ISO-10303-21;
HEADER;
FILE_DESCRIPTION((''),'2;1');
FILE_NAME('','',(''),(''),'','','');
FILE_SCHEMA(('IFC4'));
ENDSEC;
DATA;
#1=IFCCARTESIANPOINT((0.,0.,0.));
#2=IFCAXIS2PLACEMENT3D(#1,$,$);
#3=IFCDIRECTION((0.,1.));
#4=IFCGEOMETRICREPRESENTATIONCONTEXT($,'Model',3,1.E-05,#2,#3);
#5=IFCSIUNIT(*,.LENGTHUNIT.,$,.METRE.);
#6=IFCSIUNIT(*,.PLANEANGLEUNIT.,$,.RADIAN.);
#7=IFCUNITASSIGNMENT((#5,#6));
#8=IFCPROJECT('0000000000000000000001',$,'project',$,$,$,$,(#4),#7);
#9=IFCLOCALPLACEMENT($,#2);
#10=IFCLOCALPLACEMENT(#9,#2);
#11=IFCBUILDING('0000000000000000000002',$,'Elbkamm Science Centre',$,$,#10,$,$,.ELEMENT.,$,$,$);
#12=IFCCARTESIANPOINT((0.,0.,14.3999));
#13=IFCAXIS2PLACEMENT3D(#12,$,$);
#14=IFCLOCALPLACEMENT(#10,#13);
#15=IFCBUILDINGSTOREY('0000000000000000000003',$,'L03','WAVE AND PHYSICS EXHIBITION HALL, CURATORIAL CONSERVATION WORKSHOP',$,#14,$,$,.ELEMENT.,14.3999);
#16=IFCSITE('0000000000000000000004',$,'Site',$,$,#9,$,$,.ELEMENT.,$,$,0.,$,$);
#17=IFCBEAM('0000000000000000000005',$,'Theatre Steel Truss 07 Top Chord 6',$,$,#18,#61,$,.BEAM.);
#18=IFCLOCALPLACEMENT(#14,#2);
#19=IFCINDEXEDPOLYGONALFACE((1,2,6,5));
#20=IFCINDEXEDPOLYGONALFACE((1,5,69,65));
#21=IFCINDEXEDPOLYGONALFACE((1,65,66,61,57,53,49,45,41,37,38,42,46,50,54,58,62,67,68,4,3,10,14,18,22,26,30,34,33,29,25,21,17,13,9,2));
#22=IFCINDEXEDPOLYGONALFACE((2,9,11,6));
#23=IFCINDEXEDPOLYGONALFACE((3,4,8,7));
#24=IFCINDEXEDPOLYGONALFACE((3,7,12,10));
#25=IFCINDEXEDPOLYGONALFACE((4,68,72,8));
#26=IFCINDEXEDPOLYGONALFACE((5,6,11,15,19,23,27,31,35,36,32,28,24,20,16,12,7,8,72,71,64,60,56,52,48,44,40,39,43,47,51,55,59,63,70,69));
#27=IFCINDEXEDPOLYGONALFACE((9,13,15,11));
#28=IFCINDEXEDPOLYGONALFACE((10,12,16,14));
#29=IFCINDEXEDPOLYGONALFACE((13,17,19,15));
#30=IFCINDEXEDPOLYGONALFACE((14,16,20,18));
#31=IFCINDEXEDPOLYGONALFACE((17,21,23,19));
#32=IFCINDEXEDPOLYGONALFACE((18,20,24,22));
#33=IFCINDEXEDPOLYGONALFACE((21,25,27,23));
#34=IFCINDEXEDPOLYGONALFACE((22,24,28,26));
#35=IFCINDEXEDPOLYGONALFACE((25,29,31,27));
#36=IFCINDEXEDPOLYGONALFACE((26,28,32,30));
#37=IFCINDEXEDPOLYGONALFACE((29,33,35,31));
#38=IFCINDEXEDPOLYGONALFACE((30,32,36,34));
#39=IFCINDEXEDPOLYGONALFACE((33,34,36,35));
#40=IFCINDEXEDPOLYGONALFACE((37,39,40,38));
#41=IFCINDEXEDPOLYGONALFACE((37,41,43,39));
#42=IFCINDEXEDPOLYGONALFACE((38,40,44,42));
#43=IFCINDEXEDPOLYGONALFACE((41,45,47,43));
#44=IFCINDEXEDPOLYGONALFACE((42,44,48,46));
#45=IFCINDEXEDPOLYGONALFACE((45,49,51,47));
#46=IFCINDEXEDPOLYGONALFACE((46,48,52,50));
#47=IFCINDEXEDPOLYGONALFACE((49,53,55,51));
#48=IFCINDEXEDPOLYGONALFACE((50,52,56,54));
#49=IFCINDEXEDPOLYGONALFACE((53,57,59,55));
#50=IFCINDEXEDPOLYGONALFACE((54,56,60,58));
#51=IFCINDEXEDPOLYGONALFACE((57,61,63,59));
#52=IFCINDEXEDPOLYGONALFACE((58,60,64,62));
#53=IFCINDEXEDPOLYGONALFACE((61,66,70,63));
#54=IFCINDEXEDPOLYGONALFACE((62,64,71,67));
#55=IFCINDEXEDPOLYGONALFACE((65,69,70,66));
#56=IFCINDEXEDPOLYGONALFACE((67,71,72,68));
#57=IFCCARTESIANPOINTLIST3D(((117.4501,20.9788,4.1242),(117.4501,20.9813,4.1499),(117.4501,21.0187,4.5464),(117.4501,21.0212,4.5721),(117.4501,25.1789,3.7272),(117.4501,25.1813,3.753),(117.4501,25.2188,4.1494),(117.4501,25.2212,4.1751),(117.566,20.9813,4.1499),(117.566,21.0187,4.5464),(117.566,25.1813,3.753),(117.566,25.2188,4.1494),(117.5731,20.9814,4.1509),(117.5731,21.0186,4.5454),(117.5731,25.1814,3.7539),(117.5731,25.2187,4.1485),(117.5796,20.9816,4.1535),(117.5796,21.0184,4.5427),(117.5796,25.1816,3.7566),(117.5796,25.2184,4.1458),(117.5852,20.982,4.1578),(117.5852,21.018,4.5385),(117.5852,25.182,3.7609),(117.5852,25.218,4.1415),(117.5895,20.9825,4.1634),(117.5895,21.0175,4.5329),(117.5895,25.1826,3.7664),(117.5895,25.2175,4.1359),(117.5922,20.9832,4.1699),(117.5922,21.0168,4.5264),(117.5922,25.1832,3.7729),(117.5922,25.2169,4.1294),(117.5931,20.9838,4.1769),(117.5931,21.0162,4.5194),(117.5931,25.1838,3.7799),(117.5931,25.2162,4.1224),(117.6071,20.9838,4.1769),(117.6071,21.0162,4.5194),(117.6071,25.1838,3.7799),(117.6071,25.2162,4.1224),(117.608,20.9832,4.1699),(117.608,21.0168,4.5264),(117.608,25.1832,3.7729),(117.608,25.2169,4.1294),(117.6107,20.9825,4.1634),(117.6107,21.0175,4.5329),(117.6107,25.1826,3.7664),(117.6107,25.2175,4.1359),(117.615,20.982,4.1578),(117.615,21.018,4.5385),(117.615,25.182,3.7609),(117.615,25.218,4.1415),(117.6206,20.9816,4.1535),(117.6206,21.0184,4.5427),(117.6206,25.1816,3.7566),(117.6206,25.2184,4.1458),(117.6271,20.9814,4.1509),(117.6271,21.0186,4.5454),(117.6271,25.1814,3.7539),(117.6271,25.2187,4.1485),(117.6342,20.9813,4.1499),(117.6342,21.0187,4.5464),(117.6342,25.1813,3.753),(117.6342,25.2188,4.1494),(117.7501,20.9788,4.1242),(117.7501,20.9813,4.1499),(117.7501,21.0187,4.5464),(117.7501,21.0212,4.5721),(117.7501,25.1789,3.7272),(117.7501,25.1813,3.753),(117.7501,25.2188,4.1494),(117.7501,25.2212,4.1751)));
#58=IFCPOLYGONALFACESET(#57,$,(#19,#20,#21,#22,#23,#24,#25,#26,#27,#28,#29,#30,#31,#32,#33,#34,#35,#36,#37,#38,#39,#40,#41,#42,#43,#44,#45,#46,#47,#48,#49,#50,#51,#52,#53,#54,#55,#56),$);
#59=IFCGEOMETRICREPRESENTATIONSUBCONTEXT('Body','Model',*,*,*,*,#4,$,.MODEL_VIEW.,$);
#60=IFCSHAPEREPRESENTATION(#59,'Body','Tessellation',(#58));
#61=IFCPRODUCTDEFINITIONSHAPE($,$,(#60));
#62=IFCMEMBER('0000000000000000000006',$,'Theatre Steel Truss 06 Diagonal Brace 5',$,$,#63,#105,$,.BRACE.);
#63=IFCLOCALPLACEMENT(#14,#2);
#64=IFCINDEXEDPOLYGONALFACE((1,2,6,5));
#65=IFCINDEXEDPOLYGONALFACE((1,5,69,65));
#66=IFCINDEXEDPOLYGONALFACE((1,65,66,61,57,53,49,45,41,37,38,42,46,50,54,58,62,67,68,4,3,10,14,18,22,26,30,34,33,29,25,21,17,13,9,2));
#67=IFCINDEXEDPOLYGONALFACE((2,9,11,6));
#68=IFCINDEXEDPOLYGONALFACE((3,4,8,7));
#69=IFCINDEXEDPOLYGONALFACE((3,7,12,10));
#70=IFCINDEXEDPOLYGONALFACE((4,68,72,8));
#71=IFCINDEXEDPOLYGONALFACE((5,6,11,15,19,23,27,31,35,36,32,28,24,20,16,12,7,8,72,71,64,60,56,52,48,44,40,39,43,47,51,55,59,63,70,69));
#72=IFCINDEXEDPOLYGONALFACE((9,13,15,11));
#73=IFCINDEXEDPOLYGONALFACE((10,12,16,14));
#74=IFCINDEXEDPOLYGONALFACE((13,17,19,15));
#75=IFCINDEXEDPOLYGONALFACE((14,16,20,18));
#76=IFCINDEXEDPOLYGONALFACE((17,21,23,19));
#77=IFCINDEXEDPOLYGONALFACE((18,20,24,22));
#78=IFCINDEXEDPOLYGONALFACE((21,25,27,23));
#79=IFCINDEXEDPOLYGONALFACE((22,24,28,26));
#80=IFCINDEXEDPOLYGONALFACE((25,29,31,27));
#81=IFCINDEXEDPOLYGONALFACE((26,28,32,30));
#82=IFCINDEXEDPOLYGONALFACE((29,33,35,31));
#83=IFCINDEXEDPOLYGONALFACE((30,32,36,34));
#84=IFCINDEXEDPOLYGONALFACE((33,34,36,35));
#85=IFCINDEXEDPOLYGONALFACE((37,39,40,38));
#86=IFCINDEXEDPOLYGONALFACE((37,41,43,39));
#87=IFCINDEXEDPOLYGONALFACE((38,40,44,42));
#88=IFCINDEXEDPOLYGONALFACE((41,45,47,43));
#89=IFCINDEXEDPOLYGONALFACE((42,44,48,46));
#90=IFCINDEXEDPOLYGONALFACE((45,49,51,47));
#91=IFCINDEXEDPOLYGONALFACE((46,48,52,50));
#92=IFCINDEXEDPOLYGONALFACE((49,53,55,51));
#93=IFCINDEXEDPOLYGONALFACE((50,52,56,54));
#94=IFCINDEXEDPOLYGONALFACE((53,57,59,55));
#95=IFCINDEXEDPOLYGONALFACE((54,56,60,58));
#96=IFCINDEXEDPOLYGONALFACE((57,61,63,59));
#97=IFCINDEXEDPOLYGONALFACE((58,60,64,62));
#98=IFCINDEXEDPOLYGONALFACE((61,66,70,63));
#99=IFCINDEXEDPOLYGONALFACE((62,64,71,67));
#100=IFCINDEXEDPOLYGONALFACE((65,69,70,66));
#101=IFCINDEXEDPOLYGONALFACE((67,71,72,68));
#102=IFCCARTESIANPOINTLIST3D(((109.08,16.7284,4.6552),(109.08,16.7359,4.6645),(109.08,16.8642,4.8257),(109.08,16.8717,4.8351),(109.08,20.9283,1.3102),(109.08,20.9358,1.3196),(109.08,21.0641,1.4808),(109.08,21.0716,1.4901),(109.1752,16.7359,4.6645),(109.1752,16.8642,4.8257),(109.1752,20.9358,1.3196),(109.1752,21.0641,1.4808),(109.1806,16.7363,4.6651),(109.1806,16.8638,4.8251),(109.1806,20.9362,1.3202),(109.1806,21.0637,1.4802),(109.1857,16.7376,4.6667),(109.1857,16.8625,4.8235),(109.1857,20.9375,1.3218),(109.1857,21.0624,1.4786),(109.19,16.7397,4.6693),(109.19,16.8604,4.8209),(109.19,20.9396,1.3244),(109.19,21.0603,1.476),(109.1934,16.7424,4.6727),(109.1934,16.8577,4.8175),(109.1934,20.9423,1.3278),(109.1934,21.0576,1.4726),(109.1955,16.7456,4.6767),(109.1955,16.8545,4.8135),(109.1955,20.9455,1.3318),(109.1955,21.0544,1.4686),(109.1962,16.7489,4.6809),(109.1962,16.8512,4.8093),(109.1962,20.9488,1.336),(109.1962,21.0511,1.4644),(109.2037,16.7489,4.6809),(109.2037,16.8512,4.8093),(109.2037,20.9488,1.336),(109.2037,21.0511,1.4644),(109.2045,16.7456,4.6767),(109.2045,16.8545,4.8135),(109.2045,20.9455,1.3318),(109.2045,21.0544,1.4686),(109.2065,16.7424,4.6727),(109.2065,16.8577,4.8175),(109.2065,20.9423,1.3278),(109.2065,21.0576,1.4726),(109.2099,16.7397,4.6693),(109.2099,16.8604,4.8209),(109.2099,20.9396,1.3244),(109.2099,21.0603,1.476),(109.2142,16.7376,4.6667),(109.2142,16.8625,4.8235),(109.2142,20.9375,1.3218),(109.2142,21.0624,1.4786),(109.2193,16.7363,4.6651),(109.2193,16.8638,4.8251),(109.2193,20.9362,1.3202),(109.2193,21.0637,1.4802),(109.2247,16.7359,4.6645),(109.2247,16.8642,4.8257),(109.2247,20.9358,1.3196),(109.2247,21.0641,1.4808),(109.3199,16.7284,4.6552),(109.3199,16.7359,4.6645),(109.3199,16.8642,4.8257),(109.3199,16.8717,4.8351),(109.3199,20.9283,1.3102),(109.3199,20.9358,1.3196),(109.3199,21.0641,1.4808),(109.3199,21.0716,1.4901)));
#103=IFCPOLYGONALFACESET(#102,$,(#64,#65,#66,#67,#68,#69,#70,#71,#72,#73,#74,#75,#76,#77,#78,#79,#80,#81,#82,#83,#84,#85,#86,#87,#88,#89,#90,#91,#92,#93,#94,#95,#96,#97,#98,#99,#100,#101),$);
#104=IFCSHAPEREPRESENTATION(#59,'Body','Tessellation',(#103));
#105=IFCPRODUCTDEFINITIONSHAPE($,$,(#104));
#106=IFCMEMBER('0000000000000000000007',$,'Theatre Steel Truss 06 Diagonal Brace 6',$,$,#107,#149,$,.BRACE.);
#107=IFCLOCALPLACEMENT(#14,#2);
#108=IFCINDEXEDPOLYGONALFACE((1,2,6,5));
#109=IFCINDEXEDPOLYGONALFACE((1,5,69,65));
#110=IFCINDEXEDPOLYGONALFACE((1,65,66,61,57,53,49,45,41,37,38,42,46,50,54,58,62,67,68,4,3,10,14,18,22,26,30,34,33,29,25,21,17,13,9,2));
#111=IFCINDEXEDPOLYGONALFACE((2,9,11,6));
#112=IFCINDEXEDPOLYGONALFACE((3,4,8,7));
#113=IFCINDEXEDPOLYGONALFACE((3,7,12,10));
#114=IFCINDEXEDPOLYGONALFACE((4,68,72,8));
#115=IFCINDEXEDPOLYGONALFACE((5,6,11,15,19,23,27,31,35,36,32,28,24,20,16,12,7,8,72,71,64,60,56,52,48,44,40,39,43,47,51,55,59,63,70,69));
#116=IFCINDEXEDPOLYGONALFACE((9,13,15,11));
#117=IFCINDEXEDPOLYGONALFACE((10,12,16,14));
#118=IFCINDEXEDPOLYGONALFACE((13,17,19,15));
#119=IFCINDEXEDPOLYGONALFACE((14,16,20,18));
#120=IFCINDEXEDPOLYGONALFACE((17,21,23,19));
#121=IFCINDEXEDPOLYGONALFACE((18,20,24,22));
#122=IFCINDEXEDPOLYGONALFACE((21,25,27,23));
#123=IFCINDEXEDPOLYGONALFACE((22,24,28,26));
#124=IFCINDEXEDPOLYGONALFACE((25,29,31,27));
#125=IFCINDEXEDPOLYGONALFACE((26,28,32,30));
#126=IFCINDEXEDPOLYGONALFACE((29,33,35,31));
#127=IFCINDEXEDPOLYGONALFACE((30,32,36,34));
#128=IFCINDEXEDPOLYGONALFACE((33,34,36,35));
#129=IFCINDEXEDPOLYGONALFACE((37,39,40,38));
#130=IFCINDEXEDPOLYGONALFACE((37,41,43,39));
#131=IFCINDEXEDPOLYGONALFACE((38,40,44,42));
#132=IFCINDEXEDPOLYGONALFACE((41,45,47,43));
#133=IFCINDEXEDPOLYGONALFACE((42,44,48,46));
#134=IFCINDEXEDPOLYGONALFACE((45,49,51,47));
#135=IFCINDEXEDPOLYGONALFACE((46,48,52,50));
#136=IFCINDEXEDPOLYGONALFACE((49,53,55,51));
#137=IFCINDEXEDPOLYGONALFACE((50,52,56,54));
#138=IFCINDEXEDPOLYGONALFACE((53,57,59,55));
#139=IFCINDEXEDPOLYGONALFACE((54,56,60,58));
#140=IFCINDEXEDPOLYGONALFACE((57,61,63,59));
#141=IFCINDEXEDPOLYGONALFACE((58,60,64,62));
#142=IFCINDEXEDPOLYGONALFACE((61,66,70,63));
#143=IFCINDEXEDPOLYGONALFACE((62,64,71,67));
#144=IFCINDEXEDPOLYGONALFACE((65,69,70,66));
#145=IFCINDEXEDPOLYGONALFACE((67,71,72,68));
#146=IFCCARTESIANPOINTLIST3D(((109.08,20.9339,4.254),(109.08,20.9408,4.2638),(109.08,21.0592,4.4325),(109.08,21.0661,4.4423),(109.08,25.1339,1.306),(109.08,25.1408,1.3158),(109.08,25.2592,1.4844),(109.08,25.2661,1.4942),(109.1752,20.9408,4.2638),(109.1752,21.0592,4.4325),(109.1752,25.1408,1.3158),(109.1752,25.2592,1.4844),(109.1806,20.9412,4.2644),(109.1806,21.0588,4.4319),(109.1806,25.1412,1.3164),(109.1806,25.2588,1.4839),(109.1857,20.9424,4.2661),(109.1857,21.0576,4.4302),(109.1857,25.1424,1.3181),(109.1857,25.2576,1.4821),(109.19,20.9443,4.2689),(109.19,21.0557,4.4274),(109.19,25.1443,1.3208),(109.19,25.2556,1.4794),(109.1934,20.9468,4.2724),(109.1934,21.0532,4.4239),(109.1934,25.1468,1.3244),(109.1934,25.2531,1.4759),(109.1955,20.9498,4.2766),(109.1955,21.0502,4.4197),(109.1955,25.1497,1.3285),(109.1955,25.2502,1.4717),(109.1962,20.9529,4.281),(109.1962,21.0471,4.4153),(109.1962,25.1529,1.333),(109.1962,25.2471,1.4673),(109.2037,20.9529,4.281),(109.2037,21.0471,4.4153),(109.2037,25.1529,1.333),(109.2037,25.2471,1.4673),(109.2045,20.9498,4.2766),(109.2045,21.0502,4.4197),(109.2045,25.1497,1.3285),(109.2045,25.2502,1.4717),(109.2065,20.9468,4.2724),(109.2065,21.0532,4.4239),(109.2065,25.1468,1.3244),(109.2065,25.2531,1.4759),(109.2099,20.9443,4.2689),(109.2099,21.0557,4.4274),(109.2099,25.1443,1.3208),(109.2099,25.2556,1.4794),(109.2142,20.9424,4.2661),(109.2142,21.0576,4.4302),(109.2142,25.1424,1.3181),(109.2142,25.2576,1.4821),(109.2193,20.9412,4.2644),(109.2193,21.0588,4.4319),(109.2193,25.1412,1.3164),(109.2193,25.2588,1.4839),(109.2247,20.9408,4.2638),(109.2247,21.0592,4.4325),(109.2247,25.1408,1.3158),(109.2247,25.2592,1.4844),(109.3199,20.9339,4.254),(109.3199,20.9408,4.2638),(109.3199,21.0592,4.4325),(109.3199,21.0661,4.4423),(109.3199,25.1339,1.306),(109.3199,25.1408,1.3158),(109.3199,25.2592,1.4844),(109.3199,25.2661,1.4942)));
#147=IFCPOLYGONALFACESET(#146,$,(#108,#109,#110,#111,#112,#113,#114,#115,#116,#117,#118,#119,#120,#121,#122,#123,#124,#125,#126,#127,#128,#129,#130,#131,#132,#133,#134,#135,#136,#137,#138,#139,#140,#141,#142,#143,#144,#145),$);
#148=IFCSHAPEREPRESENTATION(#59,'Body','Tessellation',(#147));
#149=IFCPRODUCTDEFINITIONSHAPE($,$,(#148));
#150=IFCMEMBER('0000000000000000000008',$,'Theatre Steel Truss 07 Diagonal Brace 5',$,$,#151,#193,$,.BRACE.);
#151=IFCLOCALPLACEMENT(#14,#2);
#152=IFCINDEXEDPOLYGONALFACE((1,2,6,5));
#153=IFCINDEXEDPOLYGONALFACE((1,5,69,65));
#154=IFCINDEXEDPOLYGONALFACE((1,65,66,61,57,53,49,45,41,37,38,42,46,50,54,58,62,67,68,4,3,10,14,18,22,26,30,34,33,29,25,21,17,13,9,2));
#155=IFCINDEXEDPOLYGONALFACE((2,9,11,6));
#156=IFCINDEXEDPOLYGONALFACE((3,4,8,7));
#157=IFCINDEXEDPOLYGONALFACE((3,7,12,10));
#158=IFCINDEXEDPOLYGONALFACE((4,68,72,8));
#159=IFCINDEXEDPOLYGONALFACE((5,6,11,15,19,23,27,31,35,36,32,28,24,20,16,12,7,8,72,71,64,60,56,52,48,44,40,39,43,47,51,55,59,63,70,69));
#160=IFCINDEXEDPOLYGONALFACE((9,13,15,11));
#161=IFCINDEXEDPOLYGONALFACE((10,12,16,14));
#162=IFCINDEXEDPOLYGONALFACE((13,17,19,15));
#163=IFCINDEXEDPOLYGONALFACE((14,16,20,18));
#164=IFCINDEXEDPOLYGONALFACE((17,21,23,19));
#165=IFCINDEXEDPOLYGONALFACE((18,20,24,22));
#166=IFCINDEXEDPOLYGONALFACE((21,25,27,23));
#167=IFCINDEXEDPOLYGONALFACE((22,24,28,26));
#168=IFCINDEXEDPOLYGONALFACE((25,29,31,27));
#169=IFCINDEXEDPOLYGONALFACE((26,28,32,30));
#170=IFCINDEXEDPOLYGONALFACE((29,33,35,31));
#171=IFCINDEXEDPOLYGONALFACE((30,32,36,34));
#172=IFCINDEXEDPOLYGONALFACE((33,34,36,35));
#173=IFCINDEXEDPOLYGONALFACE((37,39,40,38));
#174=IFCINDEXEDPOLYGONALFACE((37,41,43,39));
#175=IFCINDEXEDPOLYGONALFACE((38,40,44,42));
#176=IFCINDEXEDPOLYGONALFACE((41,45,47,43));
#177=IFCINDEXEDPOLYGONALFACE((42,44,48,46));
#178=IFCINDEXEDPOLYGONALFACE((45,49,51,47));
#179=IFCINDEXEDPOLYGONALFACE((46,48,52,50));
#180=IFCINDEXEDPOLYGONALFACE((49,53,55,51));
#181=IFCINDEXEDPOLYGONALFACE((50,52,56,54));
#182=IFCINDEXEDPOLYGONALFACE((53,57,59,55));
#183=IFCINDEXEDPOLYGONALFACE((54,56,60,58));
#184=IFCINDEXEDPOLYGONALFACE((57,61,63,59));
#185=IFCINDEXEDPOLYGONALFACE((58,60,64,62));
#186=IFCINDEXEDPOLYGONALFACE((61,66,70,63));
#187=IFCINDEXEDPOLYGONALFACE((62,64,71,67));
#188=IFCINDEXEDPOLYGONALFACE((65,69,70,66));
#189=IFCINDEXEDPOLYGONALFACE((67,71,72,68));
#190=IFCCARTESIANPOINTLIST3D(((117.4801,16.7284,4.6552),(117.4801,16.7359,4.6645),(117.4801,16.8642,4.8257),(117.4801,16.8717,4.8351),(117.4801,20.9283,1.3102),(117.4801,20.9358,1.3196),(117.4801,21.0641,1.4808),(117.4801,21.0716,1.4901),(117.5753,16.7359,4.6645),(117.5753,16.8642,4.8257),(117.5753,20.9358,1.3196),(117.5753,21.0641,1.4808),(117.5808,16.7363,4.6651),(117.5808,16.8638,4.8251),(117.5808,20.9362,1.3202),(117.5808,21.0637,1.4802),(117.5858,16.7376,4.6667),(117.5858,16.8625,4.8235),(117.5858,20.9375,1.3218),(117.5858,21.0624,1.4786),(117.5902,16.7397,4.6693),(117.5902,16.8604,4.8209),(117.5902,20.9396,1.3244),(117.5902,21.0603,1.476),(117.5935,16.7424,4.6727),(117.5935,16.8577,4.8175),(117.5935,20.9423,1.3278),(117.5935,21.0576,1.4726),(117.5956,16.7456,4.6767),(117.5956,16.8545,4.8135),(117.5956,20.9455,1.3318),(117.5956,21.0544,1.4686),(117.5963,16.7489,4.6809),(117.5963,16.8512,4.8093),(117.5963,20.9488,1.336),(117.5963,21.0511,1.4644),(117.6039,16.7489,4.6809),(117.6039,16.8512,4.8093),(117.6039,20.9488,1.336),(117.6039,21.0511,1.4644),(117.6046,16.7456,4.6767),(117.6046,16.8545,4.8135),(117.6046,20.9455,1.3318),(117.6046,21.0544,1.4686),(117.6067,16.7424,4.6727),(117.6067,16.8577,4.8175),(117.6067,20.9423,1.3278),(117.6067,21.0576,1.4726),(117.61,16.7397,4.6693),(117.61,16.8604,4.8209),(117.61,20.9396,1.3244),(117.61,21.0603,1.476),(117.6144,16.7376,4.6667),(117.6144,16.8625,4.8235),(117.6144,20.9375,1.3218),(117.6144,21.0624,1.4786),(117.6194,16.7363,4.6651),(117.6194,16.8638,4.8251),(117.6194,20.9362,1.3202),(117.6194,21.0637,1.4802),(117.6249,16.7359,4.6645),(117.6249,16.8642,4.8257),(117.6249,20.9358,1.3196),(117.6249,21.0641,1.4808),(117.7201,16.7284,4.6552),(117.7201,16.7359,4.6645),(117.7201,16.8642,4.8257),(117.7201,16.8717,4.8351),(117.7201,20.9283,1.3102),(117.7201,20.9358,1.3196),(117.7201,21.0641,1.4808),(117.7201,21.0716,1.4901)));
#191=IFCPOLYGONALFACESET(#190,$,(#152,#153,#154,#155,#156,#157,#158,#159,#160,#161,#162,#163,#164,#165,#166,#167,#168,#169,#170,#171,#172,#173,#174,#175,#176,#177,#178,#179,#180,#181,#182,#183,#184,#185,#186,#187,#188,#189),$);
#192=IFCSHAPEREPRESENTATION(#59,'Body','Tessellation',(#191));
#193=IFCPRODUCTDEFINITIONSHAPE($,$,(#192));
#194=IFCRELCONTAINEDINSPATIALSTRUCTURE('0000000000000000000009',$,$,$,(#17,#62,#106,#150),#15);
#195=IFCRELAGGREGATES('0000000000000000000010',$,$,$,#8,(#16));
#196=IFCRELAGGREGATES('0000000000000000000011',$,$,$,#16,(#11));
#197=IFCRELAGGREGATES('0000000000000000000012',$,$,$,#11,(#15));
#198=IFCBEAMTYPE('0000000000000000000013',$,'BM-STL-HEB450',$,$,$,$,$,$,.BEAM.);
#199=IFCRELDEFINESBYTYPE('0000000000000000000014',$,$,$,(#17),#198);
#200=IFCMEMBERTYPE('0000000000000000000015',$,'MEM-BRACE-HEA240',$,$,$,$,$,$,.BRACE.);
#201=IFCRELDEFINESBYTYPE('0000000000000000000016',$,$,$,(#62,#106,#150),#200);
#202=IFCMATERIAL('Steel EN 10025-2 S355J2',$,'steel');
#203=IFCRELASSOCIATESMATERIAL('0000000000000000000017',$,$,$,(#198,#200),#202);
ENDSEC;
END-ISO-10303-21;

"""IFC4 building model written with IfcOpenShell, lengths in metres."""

from ifc_helpers import new_model, si_unit, direction, frame, origin, origin_2d, place, context, subcontext, project, spatial, i_section, extrude, material, material_profile, profile_set, type_object, element, save


model = new_model("IFC4")

# Units and contexts
model_context = context("Model", 3, precision=1e-05, world=origin(), true_north=direction((0.0, 1.0)))
body_context = subcontext(model_context, "Body", "Model", "MODEL_VIEW")
ifc_project = project(units=[si_unit("LENGTHUNIT", "METRE"), si_unit("PLANEANGLEUNIT", "RADIAN")], contexts=[model_context])

# Site, building, storey
site_placement = place(None, origin())
site = spatial("IfcSite", under=ifc_project, at=site_placement, Name="Site", CompositionType="ELEMENT", RefElevation=0.0)
building_placement = place(site_placement, origin())
building = spatial("IfcBuilding", under=site, at=building_placement, Name="Elbkamm Science Centre", CompositionType="ELEMENT")
storey_placement = place(building_placement, frame((0.0, 0.0, 14.3999)))
storey = spatial("IfcBuildingStorey", under=building, at=storey_placement, Name="L03", Description="WAVE AND PHYSICS EXHIBITION HALL, CURATORIAL CONSERVATION WORKSHOP", CompositionType="ELEMENT", Elevation=14.3999)

# Beam
ifc_material_1 = material(Name="Steel EN 10025-2 S355J2", Category="steel")
ifc_material_profile_1 = material_profile(ifc_material_1, i_section(OverallWidth=0.3, OverallDepth=0.45, WebThickness=0.0139, FlangeThickness=0.0259, FilletRadius=0.0271, at=origin_2d()), Name="HEB 450")
ifc_profile_set_1 = profile_set([ifc_material_profile_1], Name="Steel EN 10025-2 S355J2")
beam_type = type_object("IfcBeamType", Name="BM-STL-HEB450", PredefinedType="BEAM", material=ifc_profile_set_1)
for number, where, z_axis, x_axis, name in (
    (1, (117.6001, 21.0, 4.3481), (0.0, 0.995563, -0.094099), (-1.0, 0.0, 0.0), "Theatre Steel Truss 07 Top Chord 6"),
):
    element("IfcBeam", number, at=place(storey_placement, frame(where, z_axis=z_axis, x_axis=x_axis)), inside=storey, type_object=beam_type, Name=name, PredefinedType="BEAM", context=body_context, shape_type="SweptSolid", body=[
        extrude(i_section(OverallWidth=0.3, OverallDepth=0.45, WebThickness=0.0139, FlangeThickness=0.0259, FilletRadius=0.0271, at=origin_2d()), origin(), (0.0, 0.0, 1.0), 4.2188),
    ])

# Members
ifc_material_profile_2 = material_profile(ifc_material_1, i_section(OverallWidth=0.24, OverallDepth=0.23, WebThickness=0.0076, FlangeThickness=0.012, FilletRadius=0.021, at=origin_2d()), Name="HEA 240")
ifc_profile_set_2 = profile_set([ifc_material_profile_2], Name="Steel EN 10025-2 S355J2")
member_type_1 = type_object("IfcMemberType", Name="MEM-BRACE-HEA240", PredefinedType="BRACE", material=ifc_profile_set_2)
member_1_placement = place(storey_placement, frame((109.2, 16.8, 4.7451), z_axis=(0.0, 0.782229, -0.622991), x_axis=(-1.0, 0.0, 0.0)))
element("IfcMember", 2, at=member_1_placement, inside=storey, type_object=member_type_1, Name="Theatre Steel Truss 06 Diagonal Brace 5", PredefinedType="BRACE", context=body_context, shape_type="SweptSolid", body=[
    extrude(i_section(OverallWidth=0.24, OverallDepth=0.23, WebThickness=0.0076, FlangeThickness=0.012, FilletRadius=0.021, at=origin_2d()), origin(), (0.0, 0.0, 1.0), 5.3691),
])
member_2_placement = place(storey_placement, frame((109.2, 21.0, 4.3481), z_axis=(0.0, 0.818496, -0.574512), x_axis=(-1.0, 0.0, 0.0)))
element("IfcMember", 3, at=member_2_placement, inside=storey, type_object=member_type_1, Name="Theatre Steel Truss 06 Diagonal Brace 6", PredefinedType="BRACE", context=body_context, shape_type="SweptSolid", body=[
    extrude(i_section(OverallWidth=0.24, OverallDepth=0.23, WebThickness=0.0076, FlangeThickness=0.012, FilletRadius=0.021, at=origin_2d()), origin(), (0.0, 0.0, 1.0), 5.1313),
])
member_3_placement = place(storey_placement, frame((117.6001, 16.8, 4.7451), z_axis=(0.0, 0.782229, -0.622991), x_axis=(-1.0, 0.0, 0.0)))
element("IfcMember", 4, at=member_3_placement, inside=storey, type_object=member_type_1, Name="Theatre Steel Truss 07 Diagonal Brace 5", PredefinedType="BRACE", context=body_context, shape_type="SweptSolid", body=[
    extrude(i_section(OverallWidth=0.24, OverallDepth=0.23, WebThickness=0.0076, FlangeThickness=0.012, FilletRadius=0.021, at=origin_2d()), origin(), (0.0, 0.0, 1.0), 5.3691),
])

save(model, "model.ifc")
